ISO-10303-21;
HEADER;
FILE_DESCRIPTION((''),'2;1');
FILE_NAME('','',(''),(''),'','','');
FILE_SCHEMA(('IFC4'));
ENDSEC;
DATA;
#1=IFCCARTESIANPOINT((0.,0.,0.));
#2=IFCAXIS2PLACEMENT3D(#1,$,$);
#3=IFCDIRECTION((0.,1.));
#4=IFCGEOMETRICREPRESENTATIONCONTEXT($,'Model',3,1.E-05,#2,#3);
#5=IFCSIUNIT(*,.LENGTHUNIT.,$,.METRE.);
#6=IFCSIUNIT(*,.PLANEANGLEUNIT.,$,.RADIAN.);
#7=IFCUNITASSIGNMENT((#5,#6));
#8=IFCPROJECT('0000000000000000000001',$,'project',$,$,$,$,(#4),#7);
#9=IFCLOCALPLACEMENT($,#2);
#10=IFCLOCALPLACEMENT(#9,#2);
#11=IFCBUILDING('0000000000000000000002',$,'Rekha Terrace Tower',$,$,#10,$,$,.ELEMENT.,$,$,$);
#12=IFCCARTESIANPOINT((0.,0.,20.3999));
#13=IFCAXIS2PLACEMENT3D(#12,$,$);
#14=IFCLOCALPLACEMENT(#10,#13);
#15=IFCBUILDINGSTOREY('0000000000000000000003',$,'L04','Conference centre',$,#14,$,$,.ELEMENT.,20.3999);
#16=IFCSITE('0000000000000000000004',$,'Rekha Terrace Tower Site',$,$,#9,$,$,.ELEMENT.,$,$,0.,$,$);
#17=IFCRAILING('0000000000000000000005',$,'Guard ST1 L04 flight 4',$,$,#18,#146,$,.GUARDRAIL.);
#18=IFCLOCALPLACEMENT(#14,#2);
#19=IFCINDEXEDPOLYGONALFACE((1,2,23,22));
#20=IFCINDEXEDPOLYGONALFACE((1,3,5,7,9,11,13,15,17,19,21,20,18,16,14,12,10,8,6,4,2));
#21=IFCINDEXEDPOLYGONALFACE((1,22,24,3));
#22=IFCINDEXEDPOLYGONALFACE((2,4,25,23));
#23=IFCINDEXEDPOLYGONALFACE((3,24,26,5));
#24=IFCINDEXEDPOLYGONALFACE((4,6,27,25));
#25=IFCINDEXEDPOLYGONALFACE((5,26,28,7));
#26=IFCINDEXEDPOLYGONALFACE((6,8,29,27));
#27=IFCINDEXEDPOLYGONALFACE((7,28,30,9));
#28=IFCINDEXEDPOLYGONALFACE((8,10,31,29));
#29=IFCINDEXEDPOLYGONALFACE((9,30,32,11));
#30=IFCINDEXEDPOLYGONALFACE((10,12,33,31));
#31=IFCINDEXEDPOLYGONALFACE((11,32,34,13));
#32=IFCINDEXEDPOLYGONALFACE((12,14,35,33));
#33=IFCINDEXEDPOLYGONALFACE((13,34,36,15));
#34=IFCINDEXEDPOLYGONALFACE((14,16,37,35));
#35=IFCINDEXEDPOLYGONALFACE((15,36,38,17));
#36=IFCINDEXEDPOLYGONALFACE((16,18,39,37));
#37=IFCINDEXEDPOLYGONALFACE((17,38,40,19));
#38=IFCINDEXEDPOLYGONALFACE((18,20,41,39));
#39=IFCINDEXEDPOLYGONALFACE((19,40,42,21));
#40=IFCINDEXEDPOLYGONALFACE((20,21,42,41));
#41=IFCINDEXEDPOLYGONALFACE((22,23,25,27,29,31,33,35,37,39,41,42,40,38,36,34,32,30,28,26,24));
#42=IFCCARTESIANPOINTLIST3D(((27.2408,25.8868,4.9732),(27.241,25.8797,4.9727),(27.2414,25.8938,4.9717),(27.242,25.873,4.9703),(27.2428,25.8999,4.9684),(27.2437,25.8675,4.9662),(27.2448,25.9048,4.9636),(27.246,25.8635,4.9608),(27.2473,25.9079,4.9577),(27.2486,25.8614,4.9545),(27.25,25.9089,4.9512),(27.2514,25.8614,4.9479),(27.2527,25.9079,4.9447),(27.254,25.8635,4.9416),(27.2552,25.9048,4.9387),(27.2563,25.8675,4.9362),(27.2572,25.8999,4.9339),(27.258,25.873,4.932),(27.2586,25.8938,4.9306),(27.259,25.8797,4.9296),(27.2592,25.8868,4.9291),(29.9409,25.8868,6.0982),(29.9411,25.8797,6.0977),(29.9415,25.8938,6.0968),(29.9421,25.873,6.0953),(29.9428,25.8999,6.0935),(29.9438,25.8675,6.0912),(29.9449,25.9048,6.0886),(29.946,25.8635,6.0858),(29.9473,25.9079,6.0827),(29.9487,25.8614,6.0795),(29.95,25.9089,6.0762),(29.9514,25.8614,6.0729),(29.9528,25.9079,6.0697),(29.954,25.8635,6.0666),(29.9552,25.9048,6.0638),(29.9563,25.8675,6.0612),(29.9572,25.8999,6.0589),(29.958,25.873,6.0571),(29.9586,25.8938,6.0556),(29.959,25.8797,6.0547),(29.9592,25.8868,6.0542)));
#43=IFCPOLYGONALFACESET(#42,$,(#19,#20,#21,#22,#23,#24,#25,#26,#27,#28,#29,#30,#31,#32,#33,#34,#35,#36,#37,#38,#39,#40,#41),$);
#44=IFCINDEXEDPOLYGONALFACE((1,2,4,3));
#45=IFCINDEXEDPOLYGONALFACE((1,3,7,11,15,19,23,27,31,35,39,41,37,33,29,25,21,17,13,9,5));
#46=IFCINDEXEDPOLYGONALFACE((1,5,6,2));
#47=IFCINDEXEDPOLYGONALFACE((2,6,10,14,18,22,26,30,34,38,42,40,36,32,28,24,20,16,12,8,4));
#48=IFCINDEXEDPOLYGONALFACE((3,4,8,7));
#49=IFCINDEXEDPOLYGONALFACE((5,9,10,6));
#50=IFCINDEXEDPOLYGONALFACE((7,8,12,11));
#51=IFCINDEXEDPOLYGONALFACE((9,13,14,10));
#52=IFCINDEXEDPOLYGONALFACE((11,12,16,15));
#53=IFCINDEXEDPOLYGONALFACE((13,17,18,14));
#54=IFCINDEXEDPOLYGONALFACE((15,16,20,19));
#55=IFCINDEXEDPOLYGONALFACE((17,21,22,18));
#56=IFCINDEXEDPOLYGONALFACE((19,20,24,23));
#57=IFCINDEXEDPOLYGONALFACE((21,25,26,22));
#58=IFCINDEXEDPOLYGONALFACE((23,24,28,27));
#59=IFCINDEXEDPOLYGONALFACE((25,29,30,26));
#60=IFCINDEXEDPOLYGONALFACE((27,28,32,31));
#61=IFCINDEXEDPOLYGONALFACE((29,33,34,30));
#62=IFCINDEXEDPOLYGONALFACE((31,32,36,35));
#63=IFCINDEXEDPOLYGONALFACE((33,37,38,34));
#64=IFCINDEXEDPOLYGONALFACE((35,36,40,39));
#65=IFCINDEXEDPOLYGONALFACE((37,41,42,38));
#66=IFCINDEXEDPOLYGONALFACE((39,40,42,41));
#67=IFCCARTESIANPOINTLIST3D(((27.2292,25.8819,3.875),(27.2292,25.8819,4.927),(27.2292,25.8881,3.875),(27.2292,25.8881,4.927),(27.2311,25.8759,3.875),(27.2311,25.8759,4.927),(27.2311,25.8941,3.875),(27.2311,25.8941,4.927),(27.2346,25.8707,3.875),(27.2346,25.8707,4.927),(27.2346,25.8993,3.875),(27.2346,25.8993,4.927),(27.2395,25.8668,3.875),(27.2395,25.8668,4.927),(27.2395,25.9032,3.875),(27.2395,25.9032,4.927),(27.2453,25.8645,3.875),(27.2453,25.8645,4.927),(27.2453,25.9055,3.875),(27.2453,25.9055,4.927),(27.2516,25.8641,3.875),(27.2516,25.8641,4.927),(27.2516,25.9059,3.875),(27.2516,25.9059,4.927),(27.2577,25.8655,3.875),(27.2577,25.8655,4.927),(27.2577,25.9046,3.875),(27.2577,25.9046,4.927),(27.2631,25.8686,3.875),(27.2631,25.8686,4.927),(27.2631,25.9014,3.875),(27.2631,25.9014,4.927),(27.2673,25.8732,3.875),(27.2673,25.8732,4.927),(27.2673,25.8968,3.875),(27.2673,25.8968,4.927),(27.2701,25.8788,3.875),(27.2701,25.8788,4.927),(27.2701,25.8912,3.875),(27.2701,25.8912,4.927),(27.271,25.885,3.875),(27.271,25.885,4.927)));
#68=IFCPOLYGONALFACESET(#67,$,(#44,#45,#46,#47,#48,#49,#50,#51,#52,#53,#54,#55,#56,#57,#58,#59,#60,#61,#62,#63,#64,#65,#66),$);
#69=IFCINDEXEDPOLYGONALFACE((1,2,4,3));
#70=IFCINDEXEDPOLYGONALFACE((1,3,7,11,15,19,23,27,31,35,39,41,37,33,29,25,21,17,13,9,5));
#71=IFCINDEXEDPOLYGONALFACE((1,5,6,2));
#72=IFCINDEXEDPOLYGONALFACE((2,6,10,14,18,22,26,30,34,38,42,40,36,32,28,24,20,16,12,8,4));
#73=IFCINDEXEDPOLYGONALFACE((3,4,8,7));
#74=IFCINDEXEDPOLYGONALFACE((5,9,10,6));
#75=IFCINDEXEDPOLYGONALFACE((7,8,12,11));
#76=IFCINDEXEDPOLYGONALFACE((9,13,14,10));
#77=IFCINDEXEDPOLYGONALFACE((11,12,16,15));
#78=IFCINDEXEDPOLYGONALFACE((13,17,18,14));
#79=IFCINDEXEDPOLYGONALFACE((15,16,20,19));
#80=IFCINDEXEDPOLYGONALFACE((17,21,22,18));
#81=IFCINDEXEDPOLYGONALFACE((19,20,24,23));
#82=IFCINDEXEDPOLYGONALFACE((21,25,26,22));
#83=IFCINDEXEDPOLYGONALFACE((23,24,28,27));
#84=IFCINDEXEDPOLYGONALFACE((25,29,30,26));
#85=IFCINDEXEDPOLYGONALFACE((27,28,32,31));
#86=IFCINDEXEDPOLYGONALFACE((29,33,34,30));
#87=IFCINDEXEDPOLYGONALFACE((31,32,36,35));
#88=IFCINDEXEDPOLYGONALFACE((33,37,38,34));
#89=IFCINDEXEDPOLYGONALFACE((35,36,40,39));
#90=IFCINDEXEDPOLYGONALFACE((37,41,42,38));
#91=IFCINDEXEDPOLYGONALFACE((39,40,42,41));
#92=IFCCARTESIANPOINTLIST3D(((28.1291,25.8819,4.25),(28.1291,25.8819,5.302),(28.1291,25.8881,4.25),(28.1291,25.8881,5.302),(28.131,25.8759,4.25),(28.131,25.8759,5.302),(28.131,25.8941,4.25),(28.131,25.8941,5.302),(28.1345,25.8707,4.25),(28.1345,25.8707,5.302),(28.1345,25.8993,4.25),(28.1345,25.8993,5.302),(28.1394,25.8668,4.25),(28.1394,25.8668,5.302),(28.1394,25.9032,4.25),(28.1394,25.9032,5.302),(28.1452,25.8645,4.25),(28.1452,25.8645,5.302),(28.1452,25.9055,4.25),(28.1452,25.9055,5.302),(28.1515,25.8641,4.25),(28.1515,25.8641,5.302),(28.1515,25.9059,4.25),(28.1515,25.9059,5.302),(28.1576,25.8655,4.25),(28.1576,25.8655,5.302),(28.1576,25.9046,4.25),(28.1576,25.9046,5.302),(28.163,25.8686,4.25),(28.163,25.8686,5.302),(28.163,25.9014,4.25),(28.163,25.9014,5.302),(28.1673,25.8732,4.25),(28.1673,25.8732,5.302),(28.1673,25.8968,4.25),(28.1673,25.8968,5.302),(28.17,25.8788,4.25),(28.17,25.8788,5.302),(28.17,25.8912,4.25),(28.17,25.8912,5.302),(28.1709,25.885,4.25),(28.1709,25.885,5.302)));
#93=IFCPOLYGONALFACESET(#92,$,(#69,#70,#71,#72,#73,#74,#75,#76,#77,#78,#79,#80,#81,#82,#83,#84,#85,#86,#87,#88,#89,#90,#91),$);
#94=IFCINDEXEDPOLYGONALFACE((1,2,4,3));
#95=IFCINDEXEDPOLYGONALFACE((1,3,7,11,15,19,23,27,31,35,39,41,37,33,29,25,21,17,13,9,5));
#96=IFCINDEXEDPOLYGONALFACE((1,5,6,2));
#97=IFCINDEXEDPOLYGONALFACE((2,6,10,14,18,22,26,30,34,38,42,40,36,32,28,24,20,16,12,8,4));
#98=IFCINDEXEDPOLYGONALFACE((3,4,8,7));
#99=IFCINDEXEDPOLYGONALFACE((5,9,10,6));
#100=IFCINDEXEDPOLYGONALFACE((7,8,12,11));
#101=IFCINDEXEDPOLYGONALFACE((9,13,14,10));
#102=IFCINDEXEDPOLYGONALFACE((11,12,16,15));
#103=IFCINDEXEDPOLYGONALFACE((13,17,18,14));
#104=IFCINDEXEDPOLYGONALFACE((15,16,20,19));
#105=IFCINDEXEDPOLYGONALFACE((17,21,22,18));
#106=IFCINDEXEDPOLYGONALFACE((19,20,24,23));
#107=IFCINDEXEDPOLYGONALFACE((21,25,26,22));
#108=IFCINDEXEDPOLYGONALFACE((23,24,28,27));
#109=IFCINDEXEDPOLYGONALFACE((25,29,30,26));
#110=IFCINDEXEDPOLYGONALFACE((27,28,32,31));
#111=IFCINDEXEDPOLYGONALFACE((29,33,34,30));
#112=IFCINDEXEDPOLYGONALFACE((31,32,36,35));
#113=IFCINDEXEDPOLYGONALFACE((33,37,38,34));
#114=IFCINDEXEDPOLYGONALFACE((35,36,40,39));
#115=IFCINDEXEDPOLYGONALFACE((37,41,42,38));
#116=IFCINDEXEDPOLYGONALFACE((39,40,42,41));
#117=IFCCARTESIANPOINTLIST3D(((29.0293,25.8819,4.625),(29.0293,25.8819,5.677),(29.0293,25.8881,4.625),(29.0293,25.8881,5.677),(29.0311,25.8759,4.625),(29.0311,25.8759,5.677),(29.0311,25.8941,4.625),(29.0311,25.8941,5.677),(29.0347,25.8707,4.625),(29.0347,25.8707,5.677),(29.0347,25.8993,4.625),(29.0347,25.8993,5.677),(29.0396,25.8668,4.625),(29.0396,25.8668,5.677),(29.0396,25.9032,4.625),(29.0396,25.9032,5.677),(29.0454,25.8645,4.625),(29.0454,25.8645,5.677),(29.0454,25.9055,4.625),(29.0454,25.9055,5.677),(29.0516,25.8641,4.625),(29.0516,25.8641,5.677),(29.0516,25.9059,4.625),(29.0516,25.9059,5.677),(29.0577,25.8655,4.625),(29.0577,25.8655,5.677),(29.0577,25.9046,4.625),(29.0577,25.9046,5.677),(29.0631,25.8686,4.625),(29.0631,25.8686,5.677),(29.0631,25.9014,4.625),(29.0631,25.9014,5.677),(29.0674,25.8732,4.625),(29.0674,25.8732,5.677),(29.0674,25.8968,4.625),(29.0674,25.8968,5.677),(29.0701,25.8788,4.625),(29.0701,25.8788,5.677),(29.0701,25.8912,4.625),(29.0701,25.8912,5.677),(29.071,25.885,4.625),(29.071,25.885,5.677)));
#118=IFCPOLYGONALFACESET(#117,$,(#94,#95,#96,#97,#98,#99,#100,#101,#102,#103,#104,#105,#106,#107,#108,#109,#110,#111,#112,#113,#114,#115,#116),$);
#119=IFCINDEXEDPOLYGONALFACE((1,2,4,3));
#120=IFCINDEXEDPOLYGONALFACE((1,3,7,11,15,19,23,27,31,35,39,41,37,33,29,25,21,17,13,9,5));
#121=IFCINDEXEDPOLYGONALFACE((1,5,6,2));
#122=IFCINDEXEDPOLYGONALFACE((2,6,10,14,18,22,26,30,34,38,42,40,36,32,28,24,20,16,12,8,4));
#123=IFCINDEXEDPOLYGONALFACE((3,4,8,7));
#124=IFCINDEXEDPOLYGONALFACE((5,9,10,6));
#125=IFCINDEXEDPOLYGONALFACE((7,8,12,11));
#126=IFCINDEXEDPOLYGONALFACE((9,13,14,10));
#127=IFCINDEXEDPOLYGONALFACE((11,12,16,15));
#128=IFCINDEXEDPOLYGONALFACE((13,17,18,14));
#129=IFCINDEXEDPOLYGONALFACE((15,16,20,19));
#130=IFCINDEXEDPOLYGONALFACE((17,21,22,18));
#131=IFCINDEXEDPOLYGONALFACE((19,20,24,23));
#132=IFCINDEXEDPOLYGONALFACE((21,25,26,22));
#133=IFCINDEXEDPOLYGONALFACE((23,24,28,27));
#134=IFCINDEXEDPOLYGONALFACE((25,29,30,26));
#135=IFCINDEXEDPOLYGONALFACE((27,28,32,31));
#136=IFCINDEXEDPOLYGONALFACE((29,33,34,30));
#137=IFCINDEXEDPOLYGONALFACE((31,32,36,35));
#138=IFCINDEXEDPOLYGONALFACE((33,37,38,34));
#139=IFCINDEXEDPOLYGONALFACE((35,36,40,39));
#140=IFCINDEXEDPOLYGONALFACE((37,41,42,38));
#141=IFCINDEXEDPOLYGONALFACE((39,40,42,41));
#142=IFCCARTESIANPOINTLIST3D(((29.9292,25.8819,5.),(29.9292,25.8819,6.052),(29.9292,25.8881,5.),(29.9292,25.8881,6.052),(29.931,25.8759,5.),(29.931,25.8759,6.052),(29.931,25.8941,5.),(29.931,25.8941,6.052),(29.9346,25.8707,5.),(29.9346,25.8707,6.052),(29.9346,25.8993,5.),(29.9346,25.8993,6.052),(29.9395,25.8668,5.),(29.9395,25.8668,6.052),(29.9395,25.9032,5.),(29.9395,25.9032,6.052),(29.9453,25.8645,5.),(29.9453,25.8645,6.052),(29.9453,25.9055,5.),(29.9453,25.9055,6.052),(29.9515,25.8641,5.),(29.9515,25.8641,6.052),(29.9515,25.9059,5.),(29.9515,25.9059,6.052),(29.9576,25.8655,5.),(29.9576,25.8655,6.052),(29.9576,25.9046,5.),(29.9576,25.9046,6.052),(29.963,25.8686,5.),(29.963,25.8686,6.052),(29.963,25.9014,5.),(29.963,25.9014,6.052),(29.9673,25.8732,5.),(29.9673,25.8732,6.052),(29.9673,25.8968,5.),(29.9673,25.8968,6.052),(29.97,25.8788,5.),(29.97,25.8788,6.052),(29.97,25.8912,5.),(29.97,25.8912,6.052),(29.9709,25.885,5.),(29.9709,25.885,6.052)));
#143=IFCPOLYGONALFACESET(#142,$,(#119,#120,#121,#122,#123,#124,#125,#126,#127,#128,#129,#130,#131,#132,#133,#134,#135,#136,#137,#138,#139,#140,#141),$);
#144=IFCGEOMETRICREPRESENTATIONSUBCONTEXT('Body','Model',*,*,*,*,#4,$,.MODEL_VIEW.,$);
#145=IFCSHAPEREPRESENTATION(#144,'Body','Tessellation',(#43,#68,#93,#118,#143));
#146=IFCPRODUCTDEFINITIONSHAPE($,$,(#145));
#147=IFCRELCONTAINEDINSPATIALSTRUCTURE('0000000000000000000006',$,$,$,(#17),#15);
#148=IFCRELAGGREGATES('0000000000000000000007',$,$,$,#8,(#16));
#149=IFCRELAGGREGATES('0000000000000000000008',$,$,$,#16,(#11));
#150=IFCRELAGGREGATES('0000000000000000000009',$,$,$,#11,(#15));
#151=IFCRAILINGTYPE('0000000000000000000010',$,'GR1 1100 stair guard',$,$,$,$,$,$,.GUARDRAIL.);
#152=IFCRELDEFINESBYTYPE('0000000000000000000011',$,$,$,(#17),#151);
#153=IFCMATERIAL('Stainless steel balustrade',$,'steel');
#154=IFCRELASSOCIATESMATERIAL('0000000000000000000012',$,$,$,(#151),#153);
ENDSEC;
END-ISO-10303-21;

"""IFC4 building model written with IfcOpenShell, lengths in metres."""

from ifc_helpers import new_model, si_unit, direction, frame, origin, origin_2d, place, context, subcontext, project, spatial, circle, extrude, material, type_object, element, save


model = new_model("IFC4")

# Units and contexts
model_context = context("Model", 3, precision=1e-05, world=origin(), true_north=direction((0.0, 1.0)))
body_context = subcontext(model_context, "Body", "Model", "MODEL_VIEW")
ifc_project = project(units=[si_unit("LENGTHUNIT", "METRE"), si_unit("PLANEANGLEUNIT", "RADIAN")], contexts=[model_context])

# Site, building, storey
site_placement = place(None, origin())
site = spatial("IfcSite", under=ifc_project, at=site_placement, Name="Rekha Terrace Tower Site", CompositionType="ELEMENT", RefElevation=0.0)
building_placement = place(site_placement, origin())
building = spatial("IfcBuilding", under=site, at=building_placement, Name="Rekha Terrace Tower", CompositionType="ELEMENT")
storey_placement = place(building_placement, frame((0.0, 0.0, 20.3999)))
storey = spatial("IfcBuildingStorey", under=building, at=storey_placement, Name="L04", Description="Conference centre", CompositionType="ELEMENT", Elevation=20.3999)

# Railing
ifc_material_1 = material(Name="Stainless steel balustrade", Category="steel")
railing_type_1 = type_object("IfcRailingType", Name="GR1 1100 stair guard", PredefinedType="GUARDRAIL", material=ifc_material_1)
railing_1_placement = place(storey_placement, frame((27.25, 25.885, 3.875)))
element("IfcRailing", 1, at=railing_1_placement, inside=storey, type_object=railing_type_1, Name="Guard ST1 L04 flight 4", PredefinedType="GUARDRAIL", context=body_context, shape_type="SweptSolid", body=[
    extrude(circle(Radius=0.0239, at=origin_2d()), frame((0.0, 0.0, 1.0762), z_axis=(0.923074, 0.0, 0.384621), x_axis=(0.0, 1.0, 0.0)), (0.0, 0.0, 1.0), 2.925),
    extrude(circle(Radius=0.021, at=origin_2d()), origin(), (0.0, 0.0, 1.0), 1.052),
    extrude(circle(Radius=0.021, at=origin_2d()), frame((0.8999, 0.0, 0.375)), (0.0, 0.0, 1.0), 1.052),
    extrude(circle(Radius=0.021, at=origin_2d()), frame((1.8, 0.0, 0.75)), (0.0, 0.0, 1.0), 1.052),
    extrude(circle(Radius=0.021, at=origin_2d()), frame((2.7, 0.0, 1.125)), (0.0, 0.0, 1.0), 1.052),
])

save(model, "model.ifc")
